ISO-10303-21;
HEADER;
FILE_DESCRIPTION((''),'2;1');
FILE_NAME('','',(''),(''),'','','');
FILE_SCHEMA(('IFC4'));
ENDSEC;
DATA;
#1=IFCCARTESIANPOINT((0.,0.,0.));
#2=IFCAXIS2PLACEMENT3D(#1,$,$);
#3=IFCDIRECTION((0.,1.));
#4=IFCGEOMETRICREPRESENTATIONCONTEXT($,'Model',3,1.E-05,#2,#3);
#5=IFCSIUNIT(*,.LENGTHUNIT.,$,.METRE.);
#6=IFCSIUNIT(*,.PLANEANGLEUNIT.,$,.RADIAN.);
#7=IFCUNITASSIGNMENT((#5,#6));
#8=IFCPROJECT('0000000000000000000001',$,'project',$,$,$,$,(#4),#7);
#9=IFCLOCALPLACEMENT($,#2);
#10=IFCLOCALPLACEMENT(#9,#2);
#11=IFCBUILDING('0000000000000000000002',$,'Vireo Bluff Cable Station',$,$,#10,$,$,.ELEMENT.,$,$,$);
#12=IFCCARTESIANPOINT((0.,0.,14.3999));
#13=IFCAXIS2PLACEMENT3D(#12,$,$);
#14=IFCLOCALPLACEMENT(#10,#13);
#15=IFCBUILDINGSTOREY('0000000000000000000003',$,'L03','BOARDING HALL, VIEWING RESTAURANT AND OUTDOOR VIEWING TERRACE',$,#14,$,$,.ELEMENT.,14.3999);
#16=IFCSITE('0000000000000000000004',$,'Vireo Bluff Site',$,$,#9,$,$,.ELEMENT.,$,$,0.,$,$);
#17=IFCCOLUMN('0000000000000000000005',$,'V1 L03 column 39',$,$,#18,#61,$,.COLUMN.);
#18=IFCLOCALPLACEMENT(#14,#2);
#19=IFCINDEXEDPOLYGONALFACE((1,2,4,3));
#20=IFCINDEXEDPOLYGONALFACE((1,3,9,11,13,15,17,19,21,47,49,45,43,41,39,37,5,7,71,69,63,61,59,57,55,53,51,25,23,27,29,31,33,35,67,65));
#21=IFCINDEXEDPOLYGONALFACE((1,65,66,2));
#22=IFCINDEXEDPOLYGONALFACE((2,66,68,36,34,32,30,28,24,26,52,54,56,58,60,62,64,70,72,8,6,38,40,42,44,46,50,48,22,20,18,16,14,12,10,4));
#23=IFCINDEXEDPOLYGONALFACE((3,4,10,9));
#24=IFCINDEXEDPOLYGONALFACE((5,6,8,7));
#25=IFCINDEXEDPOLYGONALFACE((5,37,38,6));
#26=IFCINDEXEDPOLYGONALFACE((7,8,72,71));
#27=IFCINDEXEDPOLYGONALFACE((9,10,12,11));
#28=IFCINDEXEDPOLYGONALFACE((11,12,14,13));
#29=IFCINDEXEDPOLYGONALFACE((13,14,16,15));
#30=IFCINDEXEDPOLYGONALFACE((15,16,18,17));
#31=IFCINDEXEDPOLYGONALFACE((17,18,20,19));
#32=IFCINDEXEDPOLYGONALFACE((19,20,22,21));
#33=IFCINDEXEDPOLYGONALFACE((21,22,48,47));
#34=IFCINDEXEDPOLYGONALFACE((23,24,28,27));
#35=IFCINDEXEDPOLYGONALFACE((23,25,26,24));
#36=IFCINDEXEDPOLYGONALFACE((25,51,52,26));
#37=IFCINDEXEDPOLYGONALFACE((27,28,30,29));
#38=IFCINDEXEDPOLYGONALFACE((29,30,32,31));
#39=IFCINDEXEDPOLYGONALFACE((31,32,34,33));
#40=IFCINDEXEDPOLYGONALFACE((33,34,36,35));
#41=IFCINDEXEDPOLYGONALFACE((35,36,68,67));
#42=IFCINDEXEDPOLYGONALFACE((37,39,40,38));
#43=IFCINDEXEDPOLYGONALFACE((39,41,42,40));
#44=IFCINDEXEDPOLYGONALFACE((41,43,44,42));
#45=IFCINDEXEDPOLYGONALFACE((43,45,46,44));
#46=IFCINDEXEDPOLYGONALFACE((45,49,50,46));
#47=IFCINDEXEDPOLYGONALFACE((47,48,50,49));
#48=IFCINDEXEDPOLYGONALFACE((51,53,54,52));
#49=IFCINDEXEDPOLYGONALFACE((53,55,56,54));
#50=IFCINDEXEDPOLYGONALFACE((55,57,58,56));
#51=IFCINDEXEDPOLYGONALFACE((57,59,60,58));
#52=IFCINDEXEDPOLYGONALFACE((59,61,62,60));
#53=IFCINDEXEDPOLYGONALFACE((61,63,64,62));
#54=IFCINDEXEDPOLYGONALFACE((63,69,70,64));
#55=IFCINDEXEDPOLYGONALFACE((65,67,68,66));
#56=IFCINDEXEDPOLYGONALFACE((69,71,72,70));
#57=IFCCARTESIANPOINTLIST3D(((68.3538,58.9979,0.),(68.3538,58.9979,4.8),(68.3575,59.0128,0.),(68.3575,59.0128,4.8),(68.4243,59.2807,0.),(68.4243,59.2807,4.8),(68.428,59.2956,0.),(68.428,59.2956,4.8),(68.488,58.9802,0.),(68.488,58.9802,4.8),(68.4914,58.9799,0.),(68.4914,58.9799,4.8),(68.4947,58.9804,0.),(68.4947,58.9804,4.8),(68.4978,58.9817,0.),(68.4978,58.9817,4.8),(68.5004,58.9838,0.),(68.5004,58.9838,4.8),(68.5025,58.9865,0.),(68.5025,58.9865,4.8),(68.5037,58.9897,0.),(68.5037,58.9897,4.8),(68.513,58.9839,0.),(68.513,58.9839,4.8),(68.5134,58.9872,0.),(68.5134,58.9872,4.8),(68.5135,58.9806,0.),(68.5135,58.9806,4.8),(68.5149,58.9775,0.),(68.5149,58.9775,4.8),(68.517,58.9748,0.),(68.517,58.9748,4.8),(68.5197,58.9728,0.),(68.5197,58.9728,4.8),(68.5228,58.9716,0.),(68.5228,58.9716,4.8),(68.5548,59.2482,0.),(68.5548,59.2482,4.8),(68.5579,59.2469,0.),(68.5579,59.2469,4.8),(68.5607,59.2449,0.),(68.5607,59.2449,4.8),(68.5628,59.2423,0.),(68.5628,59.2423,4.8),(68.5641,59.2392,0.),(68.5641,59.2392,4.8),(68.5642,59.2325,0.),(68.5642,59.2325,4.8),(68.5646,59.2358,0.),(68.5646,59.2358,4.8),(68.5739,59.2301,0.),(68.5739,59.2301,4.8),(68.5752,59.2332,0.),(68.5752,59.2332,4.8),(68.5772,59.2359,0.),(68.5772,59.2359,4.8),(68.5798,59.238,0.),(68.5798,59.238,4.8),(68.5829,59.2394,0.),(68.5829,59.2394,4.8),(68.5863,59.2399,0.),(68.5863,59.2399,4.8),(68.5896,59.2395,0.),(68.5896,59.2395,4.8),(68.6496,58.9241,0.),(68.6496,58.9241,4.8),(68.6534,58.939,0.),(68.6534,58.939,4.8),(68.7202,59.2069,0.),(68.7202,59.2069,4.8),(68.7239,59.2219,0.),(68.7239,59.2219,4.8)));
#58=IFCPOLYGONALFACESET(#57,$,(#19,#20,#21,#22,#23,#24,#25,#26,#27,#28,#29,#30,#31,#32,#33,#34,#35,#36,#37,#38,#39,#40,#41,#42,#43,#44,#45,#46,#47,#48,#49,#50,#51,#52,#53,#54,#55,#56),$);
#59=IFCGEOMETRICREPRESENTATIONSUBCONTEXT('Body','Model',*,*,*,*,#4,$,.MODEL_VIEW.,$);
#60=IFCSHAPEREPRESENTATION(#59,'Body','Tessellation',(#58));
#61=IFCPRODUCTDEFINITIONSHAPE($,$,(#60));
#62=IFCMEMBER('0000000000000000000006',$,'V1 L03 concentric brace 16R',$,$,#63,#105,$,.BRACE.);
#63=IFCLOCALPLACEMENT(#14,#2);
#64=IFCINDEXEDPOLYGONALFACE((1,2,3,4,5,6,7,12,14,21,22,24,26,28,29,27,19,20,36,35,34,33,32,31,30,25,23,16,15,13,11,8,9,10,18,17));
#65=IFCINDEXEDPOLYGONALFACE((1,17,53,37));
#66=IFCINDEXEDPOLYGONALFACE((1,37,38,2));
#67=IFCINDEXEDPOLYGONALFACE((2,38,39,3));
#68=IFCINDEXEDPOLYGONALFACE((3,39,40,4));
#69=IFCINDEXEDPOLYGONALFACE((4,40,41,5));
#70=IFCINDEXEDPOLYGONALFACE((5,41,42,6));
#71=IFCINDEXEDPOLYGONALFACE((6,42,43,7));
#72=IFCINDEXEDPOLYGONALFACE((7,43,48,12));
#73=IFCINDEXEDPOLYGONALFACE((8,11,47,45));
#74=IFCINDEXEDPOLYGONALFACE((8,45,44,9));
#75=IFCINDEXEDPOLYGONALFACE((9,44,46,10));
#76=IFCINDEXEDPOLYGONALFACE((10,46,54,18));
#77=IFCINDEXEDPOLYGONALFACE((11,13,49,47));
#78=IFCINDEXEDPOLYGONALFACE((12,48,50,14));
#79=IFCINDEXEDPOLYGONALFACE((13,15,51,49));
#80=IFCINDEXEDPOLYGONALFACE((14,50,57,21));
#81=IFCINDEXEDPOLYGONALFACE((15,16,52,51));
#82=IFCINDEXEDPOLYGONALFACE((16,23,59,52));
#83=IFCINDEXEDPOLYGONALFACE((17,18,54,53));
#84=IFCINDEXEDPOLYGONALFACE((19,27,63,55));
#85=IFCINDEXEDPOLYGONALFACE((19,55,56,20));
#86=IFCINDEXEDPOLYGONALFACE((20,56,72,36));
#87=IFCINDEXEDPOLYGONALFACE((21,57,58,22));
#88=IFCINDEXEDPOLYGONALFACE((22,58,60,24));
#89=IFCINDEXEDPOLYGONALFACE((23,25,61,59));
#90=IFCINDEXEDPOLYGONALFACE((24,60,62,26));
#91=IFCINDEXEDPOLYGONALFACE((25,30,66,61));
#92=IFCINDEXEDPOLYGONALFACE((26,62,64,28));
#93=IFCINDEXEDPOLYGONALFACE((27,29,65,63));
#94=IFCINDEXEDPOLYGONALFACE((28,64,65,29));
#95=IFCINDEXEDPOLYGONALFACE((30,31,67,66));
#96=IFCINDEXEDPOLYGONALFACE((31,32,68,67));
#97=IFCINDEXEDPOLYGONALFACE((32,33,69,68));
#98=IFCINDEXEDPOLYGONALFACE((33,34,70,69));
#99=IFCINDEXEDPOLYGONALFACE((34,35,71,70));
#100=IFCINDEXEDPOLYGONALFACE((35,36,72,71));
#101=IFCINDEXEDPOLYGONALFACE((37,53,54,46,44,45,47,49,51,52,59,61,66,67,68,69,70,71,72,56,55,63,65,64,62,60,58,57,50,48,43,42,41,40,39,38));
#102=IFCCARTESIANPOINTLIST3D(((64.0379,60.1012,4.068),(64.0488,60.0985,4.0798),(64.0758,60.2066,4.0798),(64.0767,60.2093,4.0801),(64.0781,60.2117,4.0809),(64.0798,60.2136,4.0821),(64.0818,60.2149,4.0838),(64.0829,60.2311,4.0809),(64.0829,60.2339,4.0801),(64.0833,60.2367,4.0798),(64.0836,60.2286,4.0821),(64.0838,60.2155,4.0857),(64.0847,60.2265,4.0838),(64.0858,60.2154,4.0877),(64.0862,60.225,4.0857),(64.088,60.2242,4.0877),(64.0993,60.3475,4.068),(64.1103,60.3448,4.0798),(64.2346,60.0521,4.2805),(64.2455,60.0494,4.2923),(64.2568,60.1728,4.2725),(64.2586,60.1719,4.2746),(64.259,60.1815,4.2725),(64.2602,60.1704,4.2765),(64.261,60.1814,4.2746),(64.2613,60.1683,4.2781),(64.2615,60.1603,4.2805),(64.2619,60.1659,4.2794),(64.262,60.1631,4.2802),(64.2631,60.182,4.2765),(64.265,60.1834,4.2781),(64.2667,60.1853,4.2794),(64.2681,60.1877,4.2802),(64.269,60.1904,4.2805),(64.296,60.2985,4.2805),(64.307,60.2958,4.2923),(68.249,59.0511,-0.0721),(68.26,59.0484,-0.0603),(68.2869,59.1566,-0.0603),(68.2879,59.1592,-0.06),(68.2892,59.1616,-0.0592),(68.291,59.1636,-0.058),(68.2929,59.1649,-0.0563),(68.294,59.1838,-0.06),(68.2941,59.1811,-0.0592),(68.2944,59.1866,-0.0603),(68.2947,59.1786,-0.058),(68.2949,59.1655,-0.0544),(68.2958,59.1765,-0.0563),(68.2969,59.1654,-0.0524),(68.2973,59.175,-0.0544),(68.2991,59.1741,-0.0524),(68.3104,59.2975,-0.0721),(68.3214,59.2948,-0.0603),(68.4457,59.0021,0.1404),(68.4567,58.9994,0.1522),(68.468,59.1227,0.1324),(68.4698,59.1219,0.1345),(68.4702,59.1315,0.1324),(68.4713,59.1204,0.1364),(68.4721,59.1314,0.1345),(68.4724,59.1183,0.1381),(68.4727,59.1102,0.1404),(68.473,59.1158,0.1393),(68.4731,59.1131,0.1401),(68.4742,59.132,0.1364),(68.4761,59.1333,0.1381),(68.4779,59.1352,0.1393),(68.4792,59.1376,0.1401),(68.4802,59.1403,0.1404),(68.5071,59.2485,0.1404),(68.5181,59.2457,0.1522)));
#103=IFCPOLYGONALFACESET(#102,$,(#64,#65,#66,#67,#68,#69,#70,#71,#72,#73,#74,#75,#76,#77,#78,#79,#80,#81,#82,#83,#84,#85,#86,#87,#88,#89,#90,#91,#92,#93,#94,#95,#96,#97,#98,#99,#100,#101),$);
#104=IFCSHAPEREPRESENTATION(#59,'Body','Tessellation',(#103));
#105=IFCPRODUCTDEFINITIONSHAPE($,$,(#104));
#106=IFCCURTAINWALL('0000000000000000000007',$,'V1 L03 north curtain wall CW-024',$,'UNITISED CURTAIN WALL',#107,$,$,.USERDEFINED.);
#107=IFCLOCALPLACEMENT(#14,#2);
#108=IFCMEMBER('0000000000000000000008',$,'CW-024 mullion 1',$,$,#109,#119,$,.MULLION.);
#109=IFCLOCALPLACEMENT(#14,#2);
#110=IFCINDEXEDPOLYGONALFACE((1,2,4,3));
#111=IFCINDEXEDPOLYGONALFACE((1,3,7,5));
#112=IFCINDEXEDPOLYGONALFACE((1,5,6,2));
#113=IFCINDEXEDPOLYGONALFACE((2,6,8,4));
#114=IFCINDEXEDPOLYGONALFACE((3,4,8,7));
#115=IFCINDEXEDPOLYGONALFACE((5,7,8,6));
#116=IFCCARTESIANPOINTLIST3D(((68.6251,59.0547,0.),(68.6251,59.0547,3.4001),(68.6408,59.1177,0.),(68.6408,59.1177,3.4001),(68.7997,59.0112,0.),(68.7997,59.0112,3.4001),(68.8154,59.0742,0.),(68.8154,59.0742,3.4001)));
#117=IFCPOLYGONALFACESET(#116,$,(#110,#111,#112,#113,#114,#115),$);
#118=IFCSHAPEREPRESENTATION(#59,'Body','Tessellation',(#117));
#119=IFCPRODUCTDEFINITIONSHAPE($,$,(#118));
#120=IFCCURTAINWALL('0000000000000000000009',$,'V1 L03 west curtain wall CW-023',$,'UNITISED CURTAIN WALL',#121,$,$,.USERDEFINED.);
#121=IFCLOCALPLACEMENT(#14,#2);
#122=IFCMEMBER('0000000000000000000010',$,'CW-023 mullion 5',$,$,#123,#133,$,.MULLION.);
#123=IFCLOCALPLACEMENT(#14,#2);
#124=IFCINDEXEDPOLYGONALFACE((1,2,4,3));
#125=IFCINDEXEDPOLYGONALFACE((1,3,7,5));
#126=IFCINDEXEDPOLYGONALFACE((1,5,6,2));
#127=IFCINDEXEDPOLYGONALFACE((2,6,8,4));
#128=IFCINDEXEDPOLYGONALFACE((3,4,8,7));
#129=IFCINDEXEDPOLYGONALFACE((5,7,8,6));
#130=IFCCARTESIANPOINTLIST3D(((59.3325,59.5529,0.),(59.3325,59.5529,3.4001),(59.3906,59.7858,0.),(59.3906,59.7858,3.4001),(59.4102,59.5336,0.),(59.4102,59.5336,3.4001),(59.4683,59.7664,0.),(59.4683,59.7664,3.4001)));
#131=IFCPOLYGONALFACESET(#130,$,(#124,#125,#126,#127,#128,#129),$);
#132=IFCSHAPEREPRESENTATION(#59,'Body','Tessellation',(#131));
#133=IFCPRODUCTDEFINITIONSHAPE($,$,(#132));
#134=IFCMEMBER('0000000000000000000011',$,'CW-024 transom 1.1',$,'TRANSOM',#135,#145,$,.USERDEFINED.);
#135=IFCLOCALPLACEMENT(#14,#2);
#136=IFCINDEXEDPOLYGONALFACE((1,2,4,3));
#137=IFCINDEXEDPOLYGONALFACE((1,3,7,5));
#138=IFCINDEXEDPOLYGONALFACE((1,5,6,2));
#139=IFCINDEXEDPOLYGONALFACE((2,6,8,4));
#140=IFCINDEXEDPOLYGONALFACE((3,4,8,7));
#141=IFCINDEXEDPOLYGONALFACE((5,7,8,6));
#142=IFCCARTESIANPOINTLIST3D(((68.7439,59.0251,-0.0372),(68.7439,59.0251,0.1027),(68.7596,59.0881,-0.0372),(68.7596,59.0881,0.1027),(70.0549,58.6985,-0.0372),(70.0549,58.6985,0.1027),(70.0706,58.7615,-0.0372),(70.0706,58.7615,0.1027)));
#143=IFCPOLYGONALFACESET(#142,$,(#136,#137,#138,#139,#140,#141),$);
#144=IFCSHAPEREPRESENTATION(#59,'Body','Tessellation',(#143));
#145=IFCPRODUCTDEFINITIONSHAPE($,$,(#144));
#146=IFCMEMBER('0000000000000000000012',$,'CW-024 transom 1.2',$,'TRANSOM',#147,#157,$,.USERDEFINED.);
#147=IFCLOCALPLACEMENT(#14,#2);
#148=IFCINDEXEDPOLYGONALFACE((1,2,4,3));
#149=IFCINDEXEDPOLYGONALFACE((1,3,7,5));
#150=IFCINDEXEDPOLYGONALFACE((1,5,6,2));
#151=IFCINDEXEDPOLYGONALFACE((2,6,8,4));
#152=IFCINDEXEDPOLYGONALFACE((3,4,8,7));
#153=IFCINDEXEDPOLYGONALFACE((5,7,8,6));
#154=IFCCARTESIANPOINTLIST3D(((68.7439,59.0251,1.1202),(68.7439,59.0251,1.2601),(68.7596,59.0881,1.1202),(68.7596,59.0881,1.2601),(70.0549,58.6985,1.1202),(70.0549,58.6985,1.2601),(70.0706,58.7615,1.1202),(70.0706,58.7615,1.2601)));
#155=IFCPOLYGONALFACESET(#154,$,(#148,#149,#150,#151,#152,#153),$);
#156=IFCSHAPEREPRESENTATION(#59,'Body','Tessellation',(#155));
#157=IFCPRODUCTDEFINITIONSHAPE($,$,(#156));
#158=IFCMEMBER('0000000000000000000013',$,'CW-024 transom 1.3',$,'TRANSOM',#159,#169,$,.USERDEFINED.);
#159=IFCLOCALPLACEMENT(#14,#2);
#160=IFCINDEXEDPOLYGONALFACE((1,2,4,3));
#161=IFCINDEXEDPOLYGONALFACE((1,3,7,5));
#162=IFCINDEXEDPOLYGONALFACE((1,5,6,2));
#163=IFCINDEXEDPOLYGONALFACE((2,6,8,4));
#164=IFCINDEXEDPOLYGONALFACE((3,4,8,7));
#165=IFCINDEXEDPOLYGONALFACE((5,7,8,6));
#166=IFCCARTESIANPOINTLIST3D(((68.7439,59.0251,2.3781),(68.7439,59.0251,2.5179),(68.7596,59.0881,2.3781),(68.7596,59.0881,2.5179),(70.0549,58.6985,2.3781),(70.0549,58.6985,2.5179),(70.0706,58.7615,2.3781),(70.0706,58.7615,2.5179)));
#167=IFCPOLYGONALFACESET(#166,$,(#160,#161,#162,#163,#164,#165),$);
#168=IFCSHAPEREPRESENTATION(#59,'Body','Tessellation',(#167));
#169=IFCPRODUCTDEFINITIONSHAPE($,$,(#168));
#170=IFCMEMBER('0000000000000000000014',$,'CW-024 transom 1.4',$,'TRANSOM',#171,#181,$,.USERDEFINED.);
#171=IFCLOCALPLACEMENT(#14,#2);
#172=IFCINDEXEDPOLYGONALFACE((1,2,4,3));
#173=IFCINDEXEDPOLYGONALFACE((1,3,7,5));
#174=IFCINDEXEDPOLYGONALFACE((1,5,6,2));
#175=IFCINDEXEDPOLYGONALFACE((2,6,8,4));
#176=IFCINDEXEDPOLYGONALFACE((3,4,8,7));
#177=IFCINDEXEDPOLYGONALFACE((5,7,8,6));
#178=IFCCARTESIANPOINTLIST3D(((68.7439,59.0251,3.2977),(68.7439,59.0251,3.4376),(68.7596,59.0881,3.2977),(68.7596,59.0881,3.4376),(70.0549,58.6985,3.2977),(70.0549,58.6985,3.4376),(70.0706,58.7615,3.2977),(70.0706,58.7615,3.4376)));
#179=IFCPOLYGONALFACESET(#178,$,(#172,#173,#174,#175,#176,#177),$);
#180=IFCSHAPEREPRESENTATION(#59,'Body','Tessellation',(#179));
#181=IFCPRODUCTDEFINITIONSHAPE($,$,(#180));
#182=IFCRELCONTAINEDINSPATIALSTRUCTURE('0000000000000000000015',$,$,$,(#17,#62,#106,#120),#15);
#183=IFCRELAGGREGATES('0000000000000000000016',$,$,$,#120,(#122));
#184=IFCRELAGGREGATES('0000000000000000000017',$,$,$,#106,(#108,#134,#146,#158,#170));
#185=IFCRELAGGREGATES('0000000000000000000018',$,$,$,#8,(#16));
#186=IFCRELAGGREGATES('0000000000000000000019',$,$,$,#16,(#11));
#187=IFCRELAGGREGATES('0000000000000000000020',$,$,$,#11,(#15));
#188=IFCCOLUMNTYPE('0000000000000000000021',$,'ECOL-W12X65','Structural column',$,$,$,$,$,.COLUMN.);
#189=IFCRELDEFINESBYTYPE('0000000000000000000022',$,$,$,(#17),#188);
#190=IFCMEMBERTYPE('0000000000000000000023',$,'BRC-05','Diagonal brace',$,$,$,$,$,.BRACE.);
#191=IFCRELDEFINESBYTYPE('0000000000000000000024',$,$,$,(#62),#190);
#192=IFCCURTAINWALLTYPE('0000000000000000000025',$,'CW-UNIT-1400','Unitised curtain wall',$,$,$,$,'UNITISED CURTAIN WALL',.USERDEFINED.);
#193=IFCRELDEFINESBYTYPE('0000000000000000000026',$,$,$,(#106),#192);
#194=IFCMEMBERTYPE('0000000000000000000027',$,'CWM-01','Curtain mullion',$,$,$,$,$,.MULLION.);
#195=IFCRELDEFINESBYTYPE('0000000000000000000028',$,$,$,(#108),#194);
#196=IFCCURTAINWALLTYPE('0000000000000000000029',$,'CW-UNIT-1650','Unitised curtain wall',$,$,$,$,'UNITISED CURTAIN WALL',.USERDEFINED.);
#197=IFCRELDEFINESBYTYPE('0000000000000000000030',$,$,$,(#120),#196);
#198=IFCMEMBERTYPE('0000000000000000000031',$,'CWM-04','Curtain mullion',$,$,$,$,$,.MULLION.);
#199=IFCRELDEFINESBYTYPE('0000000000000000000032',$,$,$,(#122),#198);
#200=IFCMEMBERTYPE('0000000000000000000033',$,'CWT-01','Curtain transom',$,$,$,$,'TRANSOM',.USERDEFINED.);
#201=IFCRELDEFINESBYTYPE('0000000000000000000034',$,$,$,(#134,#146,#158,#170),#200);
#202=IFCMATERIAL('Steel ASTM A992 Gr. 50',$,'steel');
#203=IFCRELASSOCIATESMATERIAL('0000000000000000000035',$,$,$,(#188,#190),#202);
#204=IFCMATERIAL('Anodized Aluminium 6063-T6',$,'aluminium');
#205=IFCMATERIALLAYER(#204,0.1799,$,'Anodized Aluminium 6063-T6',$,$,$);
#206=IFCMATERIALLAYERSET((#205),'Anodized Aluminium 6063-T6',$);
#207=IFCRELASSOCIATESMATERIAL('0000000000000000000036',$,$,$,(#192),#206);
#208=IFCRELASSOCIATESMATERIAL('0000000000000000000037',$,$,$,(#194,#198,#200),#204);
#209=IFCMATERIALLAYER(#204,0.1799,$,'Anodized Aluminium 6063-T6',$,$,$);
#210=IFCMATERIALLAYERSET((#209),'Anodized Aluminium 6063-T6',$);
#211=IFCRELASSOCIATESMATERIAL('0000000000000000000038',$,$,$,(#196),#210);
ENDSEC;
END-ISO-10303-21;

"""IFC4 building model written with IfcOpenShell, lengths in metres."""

from ifc_helpers import new_model, si_unit, direction, frame, origin, origin_2d, place, context, subcontext, project, spatial, rectangle, i_section, extrude, material, layer, layer_set, material_profile, profile_set, type_object, element, aggregate, save


model = new_model("IFC4")

# Units and contexts
model_context = context("Model", 3, precision=1e-05, world=origin(), true_north=direction((0.0, 1.0)))
body_context = subcontext(model_context, "Body", "Model", "MODEL_VIEW")
ifc_project = project(units=[si_unit("LENGTHUNIT", "METRE"), si_unit("PLANEANGLEUNIT", "RADIAN")], contexts=[model_context])

# Site, building, storey
site_placement = place(None, origin())
site = spatial("IfcSite", under=ifc_project, at=site_placement, Name="Vireo Bluff Site", CompositionType="ELEMENT", RefElevation=0.0)
building_placement = place(site_placement, origin())
building = spatial("IfcBuilding", under=site, at=building_placement, Name="Vireo Bluff Cable Station", CompositionType="ELEMENT")
storey_placement = place(building_placement, frame((0.0, 0.0, 14.3999)))
storey = spatial("IfcBuildingStorey", under=building, at=storey_placement, Name="L03", Description="BOARDING HALL, VIEWING RESTAURANT AND OUTDOOR VIEWING TERRACE", CompositionType="ELEMENT", Elevation=14.3999)

# Column
ifc_material_1 = material(Name="Steel ASTM A992 Gr. 50", Category="steel")
ifc_material_profile_1 = material_profile(ifc_material_1, i_section(OverallWidth=0.3049, OverallDepth=0.3069, WebThickness=0.01, FlangeThickness=0.0154, FilletRadius=0.0129, at=origin_2d()), Name="W12X65")
ifc_profile_set_1 = profile_set([ifc_material_profile_1], Name="Steel ASTM A992 Gr. 50")
column_type = type_object("IfcColumnType", Name="ECOL-W12X65", Description="Structural column", PredefinedType="COLUMN", material=ifc_profile_set_1)
column_placement = place(storey_placement, frame((68.5388, 59.1099, 0.0), z_axis=(0.0, 0.0, 1.0), x_axis=(0.970296, -0.241922, 0.0)))
element("IfcColumn", 1, at=column_placement, inside=storey, type_object=column_type, Name="V1 L03 column 39", PredefinedType="COLUMN", context=body_context, shape_type="SweptSolid", body=[
    extrude(i_section(OverallWidth=0.3049, OverallDepth=0.3069, WebThickness=0.01, FlangeThickness=0.0154, FilletRadius=0.0129, at=origin_2d()), origin(), (0.0, 0.0, 1.0), 4.8),
])

# Member
ifc_material_profile_2 = material_profile(ifc_material_1, i_section(OverallWidth=0.2539, OverallDepth=0.3101, WebThickness=0.009, FlangeThickness=0.0164, FilletRadius=0.011, at=origin_2d()), Name="W12X58")
ifc_profile_set_2 = profile_set([ifc_material_profile_2], Name="Steel ASTM A992 Gr. 50")
member_type_1 = type_object("IfcMemberType", Name="BRC-05", Description="Diagonal brace", PredefinedType="BRACE", material=ifc_profile_set_2)
member_1_placement = place(storey_placement, frame((68.3835, 59.1484, 0.04), z_axis=(-0.702084, 0.175063, 0.69024), x_axis=(-0.24194, -0.970291, 0.0)))
element("IfcMember", 2, at=member_1_placement, inside=storey, type_object=member_type_1, Name="V1 L03 concentric brace 16R", PredefinedType="BRACE", context=body_context, shape_type="SweptSolid", body=[
    extrude(i_section(OverallWidth=0.2539, OverallDepth=0.3101, WebThickness=0.009, FlangeThickness=0.0164, FilletRadius=0.011, at=origin_2d()), origin(), (0.0, 0.0, 1.0), 5.998),
])

# Curtain walls, members
ifc_material_2 = material(Name="Anodized Aluminium 6063-T6", Category="aluminium")
ifc_layer_1 = layer(ifc_material_2, 0.1799, Name="Anodized Aluminium 6063-T6")
ifc_layer_set_1 = layer_set([ifc_layer_1], Name="Anodized Aluminium 6063-T6")
curtain_wall_type_1 = type_object("IfcCurtainWallType", Name="CW-UNIT-1400", Description="Unitised curtain wall", ElementType="UNITISED CURTAIN WALL", PredefinedType="USERDEFINED", material=ifc_layer_set_1)
curtain_wall_1_placement = place(storey_placement, origin())
curtain_wall_1 = element("IfcCurtainWall", 3, at=curtain_wall_1_placement, inside=storey, type_object=curtain_wall_type_1, Name="V1 L03 north curtain wall CW-024", ObjectType="UNITISED CURTAIN WALL", PredefinedType="USERDEFINED")
ifc_material_profile_3 = material_profile(ifc_material_2, rectangle(XDim=0.0649, YDim=0.1799, at=origin_2d()), Name="ALU-M-65X180")
ifc_profile_set_3 = profile_set([ifc_material_profile_3], Name="Anodized Aluminium 6063-T6")
member_type_2 = type_object("IfcMemberType", Name="CWM-01", Description="Curtain mullion", PredefinedType="MULLION", material=ifc_profile_set_3)
member_2_placement = place(storey_placement, frame((68.7202, 59.0645, 0.0), z_axis=(0.0, 0.0, 1.0), x_axis=(0.241922, 0.970296, 0.0)))
member_2 = element("IfcMember", 4, at=member_2_placement, type_object=member_type_2, Name="CW-024 mullion 1", PredefinedType="MULLION", context=body_context, shape_type="SweptSolid", body=[
    extrude(rectangle(XDim=0.0649, YDim=0.1799, at=origin_2d()), origin(), (0.0, 0.0, 1.0), 3.4001),
])
ifc_layer_2 = layer(ifc_material_2, 0.1799, Name="Anodized Aluminium 6063-T6")
ifc_layer_set_2 = layer_set([ifc_layer_2], Name="Anodized Aluminium 6063-T6")
curtain_wall_type_2 = type_object("IfcCurtainWallType", Name="CW-UNIT-1650", Description="Unitised curtain wall", ElementType="UNITISED CURTAIN WALL", PredefinedType="USERDEFINED", material=ifc_layer_set_2)
curtain_wall_2_placement = place(storey_placement, origin())
curtain_wall_2 = element("IfcCurtainWall", 5, at=curtain_wall_2_placement, inside=storey, type_object=curtain_wall_type_2, Name="V1 L03 west curtain wall CW-023", ObjectType="UNITISED CURTAIN WALL", PredefinedType="USERDEFINED")
ifc_material_profile_4 = material_profile(ifc_material_2, rectangle(XDim=0.0801, YDim=0.24, at=origin_2d()), Name="ALU-M-80X240")
ifc_profile_set_4 = profile_set([ifc_material_profile_4], Name="Anodized Aluminium 6063-T6")
member_type_3 = type_object("IfcMemberType", Name="CWM-04", Description="Curtain mullion", PredefinedType="MULLION", material=ifc_profile_set_4)
member_3_placement = place(storey_placement, frame((59.4004, 59.6597, 0.0), z_axis=(0.0, 0.0, 1.0), x_axis=(-0.970296, 0.241922, 0.0)))
member_3 = element("IfcMember", 6, at=member_3_placement, type_object=member_type_3, Name="CW-023 mullion 5", PredefinedType="MULLION", context=body_context, shape_type="SweptSolid", body=[
    extrude(rectangle(XDim=0.0801, YDim=0.24, at=origin_2d()), origin(), (0.0, 0.0, 1.0), 3.4001),
])

# Members
ifc_material_profile_5 = material_profile(ifc_material_2, rectangle(XDim=0.0649, YDim=0.1399, at=origin_2d()), Name="ALU-T-65X140")
ifc_profile_set_5 = profile_set([ifc_material_profile_5], Name="Anodized Aluminium 6063-T6")
member_type_4 = type_object("IfcMemberType", Name="CWT-01", Description="Curtain transom", ElementType="TRANSOM", PredefinedType="USERDEFINED", material=ifc_profile_set_5)
member_4_placement = place(storey_placement, frame((68.7517, 59.0566, 0.0327), z_axis=(0.970334, -0.24177, 0.0), x_axis=(0.24177, 0.970334, 0.0)))
member_4 = element("IfcMember", 7, at=member_4_placement, type_object=member_type_4, Name="CW-024 transom 1.1", ObjectType="TRANSOM", PredefinedType="USERDEFINED", context=body_context, shape_type="SweptSolid", body=[
    extrude(rectangle(XDim=0.0649, YDim=0.1399, at=origin_2d()), origin(), (0.0, 0.0, 1.0), 1.3511),
])
member_5_placement = place(storey_placement, frame((68.7517, 59.0566, 1.1902), z_axis=(0.970334, -0.24177, 0.0), x_axis=(0.24177, 0.970334, 0.0)))
member_5 = element("IfcMember", 8, at=member_5_placement, type_object=member_type_4, Name="CW-024 transom 1.2", ObjectType="TRANSOM", PredefinedType="USERDEFINED", context=body_context, shape_type="SweptSolid", body=[
    extrude(rectangle(XDim=0.0649, YDim=0.1399, at=origin_2d()), origin(), (0.0, 0.0, 1.0), 1.3511),
])
member_6_placement = place(storey_placement, frame((68.7517, 59.0566, 2.448), z_axis=(0.970334, -0.24177, 0.0), x_axis=(0.24177, 0.970334, 0.0)))
member_6 = element("IfcMember", 9, at=member_6_placement, type_object=member_type_4, Name="CW-024 transom 1.3", ObjectType="TRANSOM", PredefinedType="USERDEFINED", context=body_context, shape_type="SweptSolid", body=[
    extrude(rectangle(XDim=0.0649, YDim=0.1399, at=origin_2d()), origin(), (0.0, 0.0, 1.0), 1.3511),
])
member_7_placement = place(storey_placement, frame((68.7517, 59.0566, 3.3677), z_axis=(0.970334, -0.24177, 0.0), x_axis=(0.24177, 0.970334, 0.0)))
member_7 = element("IfcMember", 10, at=member_7_placement, type_object=member_type_4, Name="CW-024 transom 1.4", ObjectType="TRANSOM", PredefinedType="USERDEFINED", context=body_context, shape_type="SweptSolid", body=[
    extrude(rectangle(XDim=0.0649, YDim=0.1399, at=origin_2d()), origin(), (0.0, 0.0, 1.0), 1.3511),
])

aggregate(curtain_wall_2, [member_3])
aggregate(curtain_wall_1, [member_2, member_4, member_5, member_6, member_7])

save(model, "model.ifc")
